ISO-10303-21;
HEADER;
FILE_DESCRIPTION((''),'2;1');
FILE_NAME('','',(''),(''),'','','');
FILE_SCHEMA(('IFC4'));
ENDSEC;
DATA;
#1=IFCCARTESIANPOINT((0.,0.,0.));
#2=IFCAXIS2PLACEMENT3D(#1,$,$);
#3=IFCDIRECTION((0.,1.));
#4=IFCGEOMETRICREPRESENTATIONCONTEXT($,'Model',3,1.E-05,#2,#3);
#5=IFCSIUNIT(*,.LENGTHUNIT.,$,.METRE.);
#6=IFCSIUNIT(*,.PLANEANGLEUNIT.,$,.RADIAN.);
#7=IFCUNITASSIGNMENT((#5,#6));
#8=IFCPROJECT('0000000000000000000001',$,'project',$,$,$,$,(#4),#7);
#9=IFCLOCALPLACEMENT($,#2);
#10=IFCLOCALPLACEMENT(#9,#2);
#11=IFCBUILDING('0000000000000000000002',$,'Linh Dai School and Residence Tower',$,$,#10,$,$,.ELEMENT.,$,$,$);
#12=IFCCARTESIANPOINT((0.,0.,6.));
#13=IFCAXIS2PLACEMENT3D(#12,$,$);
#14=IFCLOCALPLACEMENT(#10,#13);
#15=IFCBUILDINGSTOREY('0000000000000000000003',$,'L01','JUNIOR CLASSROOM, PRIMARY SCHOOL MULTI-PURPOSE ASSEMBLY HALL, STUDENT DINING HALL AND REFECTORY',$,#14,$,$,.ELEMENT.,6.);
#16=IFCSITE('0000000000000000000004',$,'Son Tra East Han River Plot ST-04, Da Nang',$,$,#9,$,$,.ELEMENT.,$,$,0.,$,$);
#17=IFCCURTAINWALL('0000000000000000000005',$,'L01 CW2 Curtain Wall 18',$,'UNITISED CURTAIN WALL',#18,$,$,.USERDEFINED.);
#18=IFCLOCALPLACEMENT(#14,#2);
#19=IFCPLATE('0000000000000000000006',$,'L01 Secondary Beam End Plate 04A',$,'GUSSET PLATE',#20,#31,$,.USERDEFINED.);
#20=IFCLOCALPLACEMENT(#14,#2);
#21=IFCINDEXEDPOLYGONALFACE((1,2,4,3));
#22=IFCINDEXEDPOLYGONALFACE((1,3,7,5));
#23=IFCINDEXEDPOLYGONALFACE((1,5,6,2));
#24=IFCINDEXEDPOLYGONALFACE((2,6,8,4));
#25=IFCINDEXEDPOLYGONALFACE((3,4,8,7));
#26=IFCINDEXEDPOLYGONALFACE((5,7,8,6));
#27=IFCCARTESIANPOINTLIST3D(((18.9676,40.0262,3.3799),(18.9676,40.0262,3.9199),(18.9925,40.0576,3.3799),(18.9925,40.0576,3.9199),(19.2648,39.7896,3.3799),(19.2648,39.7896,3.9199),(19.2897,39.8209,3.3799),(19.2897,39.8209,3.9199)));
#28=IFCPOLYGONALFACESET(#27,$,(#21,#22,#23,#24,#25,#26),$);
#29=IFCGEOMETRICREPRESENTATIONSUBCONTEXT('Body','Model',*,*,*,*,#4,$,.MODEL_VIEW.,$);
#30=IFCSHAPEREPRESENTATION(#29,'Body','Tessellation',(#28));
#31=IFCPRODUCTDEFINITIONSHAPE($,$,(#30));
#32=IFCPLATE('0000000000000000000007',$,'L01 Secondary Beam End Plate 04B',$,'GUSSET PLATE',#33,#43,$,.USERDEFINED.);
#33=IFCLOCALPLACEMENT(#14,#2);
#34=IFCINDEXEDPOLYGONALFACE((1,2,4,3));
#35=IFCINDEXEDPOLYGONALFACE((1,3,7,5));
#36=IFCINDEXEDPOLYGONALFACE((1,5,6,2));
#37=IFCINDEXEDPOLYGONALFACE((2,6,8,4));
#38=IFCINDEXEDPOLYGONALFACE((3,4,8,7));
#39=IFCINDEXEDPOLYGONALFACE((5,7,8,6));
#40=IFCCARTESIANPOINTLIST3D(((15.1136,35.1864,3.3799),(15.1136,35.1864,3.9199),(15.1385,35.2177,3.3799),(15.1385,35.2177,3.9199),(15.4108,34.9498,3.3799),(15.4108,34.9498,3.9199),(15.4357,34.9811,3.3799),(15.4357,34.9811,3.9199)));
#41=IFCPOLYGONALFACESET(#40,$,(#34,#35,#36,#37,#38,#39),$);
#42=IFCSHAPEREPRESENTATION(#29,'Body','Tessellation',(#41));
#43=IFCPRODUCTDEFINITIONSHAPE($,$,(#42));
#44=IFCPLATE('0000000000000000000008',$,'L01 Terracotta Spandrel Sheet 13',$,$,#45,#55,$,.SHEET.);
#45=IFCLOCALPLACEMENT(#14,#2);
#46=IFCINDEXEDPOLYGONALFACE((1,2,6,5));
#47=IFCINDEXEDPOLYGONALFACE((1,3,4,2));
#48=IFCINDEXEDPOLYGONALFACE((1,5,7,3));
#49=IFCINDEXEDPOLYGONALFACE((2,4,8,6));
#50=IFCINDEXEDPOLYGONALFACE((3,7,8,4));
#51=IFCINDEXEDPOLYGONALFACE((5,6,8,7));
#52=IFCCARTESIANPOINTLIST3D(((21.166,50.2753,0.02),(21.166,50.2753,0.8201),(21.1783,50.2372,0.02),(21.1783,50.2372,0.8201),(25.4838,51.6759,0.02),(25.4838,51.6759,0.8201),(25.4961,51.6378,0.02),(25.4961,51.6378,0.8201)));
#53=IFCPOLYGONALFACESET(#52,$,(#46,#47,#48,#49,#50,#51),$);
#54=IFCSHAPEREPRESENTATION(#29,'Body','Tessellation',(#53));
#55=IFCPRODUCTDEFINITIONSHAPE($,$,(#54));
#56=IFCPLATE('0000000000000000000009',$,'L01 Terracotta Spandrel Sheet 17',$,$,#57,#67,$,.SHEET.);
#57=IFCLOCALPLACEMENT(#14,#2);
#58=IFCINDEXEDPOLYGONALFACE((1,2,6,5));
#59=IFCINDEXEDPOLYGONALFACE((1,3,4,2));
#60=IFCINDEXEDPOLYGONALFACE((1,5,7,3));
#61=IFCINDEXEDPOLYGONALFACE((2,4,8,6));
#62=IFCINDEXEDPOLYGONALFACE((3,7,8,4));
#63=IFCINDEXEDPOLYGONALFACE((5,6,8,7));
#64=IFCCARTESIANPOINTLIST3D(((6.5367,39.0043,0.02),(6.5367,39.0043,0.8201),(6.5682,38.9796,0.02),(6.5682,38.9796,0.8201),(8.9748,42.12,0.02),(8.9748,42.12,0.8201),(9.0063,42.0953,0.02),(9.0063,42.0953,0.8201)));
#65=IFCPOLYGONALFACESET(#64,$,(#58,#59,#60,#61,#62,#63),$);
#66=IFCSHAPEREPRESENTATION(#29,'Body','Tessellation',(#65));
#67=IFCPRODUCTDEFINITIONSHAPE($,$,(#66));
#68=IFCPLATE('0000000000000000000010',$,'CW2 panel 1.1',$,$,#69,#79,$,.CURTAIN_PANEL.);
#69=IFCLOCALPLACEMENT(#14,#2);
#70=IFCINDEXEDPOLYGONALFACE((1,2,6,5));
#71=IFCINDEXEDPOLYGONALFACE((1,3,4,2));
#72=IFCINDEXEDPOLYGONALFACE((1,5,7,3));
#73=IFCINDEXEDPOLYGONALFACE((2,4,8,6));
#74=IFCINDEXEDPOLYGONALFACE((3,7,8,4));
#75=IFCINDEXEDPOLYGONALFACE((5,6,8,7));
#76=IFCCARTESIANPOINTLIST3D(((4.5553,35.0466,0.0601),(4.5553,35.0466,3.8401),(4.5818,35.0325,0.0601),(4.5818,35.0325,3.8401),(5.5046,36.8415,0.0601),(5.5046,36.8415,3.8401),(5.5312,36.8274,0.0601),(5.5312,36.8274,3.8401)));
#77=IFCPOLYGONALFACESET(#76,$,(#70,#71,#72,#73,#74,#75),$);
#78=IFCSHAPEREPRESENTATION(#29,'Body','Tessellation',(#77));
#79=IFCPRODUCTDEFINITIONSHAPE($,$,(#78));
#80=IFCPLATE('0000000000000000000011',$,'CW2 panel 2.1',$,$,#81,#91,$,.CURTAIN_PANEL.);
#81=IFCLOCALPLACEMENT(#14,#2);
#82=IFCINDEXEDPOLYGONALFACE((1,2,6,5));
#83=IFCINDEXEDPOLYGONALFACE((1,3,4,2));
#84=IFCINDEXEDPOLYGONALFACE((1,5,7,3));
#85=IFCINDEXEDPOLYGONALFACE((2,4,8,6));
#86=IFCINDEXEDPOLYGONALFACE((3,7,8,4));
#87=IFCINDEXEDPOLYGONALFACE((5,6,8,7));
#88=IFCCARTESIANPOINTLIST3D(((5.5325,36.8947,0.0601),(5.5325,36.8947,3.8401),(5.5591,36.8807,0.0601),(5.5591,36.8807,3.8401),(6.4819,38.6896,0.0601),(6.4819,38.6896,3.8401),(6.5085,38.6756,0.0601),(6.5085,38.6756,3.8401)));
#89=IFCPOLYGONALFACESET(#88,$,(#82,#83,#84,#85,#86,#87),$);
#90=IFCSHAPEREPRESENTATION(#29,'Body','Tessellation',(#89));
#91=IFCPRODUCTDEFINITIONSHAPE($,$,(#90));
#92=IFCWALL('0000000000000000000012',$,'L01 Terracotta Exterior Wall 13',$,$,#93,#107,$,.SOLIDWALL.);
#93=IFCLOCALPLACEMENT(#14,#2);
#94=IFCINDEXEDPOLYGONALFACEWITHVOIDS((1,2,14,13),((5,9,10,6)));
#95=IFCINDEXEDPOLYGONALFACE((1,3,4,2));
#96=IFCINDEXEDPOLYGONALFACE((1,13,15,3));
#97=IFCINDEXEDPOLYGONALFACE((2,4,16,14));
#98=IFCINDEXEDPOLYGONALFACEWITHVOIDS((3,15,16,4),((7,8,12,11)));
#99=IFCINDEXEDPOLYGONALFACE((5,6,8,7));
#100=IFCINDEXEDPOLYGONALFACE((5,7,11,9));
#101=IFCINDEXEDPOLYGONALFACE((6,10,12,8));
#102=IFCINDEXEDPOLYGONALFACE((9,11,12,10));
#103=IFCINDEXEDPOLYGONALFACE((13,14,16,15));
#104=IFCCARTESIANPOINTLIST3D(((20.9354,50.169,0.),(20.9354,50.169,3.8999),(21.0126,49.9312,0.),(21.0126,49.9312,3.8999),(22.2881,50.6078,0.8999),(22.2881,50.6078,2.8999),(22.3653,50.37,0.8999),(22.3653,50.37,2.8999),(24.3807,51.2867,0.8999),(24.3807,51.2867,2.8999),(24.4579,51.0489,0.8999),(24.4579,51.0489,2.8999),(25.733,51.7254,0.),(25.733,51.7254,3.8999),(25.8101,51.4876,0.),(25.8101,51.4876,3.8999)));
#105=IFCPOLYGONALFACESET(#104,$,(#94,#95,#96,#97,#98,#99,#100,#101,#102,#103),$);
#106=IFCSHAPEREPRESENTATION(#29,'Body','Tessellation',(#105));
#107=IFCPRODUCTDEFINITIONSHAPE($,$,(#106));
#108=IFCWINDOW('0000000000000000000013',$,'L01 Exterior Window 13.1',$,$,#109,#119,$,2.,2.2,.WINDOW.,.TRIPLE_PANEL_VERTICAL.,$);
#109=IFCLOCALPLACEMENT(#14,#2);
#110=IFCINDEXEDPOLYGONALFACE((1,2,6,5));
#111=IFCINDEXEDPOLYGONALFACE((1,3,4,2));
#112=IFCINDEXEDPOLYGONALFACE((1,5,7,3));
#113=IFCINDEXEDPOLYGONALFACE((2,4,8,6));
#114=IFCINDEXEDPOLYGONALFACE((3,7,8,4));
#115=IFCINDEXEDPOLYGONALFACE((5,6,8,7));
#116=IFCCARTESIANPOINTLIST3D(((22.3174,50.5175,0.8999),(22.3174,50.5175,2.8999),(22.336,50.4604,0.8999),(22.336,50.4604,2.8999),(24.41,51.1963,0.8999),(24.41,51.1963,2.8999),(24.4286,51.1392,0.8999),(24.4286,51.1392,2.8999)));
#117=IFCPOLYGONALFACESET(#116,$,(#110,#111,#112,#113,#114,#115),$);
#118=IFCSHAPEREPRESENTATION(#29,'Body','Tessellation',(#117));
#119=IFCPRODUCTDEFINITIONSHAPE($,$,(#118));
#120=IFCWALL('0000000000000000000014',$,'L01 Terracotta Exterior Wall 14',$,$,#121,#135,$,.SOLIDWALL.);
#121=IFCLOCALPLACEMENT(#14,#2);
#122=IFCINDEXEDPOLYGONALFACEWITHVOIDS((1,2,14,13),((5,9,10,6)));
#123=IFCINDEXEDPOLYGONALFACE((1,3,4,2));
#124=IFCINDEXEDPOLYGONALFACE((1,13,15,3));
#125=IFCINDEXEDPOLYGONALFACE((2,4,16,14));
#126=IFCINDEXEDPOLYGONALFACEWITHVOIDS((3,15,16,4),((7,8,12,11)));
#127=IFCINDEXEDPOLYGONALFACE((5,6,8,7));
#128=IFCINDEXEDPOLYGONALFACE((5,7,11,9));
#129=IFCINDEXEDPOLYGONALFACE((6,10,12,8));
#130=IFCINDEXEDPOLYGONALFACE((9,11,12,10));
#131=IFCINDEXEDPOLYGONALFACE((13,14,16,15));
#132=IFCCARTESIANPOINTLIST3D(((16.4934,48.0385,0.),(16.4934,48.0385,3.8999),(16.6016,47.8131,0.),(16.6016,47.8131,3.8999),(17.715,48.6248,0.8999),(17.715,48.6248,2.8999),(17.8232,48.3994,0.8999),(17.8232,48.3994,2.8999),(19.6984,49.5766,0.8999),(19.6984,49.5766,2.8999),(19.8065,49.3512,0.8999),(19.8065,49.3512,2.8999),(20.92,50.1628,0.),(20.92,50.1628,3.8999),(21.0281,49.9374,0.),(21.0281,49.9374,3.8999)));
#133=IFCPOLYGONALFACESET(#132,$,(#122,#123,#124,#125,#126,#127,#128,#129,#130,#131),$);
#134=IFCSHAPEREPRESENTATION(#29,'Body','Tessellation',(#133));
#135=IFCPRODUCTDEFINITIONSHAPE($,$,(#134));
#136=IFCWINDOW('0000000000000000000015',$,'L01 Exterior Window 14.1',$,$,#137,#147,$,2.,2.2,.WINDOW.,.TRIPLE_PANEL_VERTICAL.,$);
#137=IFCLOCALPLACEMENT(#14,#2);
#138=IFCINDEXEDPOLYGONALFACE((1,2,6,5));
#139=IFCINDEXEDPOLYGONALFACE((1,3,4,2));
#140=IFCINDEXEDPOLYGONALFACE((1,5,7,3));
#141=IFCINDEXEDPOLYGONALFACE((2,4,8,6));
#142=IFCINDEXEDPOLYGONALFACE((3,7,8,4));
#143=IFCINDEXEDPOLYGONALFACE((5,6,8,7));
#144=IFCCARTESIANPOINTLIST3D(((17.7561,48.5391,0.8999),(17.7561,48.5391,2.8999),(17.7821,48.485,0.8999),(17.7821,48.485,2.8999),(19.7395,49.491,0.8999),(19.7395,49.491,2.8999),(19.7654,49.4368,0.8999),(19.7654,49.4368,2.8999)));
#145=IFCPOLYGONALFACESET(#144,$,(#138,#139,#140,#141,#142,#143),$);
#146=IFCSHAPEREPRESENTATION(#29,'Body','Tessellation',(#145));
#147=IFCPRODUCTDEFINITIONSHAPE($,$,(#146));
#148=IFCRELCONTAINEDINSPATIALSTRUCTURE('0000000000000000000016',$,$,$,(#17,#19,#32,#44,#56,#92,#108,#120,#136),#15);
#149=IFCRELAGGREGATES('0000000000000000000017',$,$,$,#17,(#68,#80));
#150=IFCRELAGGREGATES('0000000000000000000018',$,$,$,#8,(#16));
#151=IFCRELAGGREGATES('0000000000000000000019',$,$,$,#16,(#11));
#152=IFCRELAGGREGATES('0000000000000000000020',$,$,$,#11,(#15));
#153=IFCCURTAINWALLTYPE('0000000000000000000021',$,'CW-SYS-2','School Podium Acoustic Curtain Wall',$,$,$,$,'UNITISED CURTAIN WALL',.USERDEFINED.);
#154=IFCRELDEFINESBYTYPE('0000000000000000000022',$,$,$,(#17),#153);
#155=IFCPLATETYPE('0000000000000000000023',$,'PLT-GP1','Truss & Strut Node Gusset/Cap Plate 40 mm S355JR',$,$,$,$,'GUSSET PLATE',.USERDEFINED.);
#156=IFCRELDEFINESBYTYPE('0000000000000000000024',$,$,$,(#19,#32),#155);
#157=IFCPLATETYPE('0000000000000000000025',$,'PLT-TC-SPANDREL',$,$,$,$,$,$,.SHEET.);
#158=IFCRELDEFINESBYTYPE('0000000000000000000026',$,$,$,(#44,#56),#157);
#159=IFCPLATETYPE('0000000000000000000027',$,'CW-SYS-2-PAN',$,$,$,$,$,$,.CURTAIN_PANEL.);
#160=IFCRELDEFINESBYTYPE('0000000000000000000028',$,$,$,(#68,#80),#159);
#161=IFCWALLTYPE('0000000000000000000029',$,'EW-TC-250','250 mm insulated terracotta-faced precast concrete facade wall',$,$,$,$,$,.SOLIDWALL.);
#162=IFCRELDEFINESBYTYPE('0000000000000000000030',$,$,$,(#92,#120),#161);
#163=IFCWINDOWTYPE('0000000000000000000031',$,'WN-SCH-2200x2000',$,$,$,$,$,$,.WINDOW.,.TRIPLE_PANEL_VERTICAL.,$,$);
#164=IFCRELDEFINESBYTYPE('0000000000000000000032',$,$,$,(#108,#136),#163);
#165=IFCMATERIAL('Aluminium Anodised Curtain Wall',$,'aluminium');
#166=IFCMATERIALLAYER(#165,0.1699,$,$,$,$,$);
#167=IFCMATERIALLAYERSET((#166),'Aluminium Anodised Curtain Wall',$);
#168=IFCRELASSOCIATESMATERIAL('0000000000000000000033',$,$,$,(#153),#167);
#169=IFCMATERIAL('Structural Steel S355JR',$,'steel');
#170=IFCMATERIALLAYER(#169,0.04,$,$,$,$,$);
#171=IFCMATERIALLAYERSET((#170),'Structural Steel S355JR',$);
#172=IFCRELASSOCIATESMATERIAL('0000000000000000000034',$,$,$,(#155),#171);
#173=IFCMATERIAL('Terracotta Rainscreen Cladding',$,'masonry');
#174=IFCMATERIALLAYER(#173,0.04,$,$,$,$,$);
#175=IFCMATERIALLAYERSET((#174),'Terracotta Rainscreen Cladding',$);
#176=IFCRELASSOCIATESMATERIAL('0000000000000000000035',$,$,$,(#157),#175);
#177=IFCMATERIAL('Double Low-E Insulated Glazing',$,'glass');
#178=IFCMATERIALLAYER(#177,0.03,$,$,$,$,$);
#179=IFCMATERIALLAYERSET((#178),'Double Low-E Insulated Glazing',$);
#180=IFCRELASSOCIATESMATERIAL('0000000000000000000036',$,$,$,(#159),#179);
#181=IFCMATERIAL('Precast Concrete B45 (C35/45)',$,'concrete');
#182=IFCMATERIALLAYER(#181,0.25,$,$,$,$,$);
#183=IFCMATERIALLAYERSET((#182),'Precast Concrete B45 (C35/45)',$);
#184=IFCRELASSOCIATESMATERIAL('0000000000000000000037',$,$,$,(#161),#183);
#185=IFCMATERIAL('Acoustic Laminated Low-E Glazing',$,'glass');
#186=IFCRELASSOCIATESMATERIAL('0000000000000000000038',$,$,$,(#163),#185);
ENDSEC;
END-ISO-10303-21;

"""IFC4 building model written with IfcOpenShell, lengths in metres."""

from ifc_helpers import new_model, si_unit, direction, frame, frame_2d, origin, origin_2d, place, context, subcontext, project, spatial, rectangle, extrude, source, transform, mapped, material, layer, layer_set, type_object, element, fill, aggregate, save


model = new_model("IFC4")

# Units and contexts
model_context = context("Model", 3, precision=1e-05, world=origin(), true_north=direction((0.0, 1.0)))
body_context = subcontext(model_context, "Body", "Model", "MODEL_VIEW")
ifc_project = project(units=[si_unit("LENGTHUNIT", "METRE"), si_unit("PLANEANGLEUNIT", "RADIAN")], contexts=[model_context])

# Site, building, storey
site_placement = place(None, origin())
site = spatial("IfcSite", under=ifc_project, at=site_placement, Name="Son Tra East Han River Plot ST-04, Da Nang", CompositionType="ELEMENT", RefElevation=0.0)
building_placement = place(site_placement, origin())
building = spatial("IfcBuilding", under=site, at=building_placement, Name="Linh Dai School and Residence Tower", CompositionType="ELEMENT")
storey_placement = place(building_placement, frame((0.0, 0.0, 6.0)))
storey = spatial("IfcBuildingStorey", under=building, at=storey_placement, Name="L01", Description="JUNIOR CLASSROOM, PRIMARY SCHOOL MULTI-PURPOSE ASSEMBLY HALL, STUDENT DINING HALL AND REFECTORY", CompositionType="ELEMENT", Elevation=6.0)

# Shared definitions
ifc_material_1 = material(Name="Structural Steel S355JR", Category="steel")

# Curtain wall
ifc_material_2 = material(Name="Aluminium Anodised Curtain Wall", Category="aluminium")
ifc_layer_1 = layer(ifc_material_2, 0.1699)
ifc_layer_set_1 = layer_set([ifc_layer_1], Name="Aluminium Anodised Curtain Wall")
curtain_wall_type = type_object("IfcCurtainWallType", Name="CW-SYS-2", Description="School Podium Acoustic Curtain Wall", ElementType="UNITISED CURTAIN WALL", PredefinedType="USERDEFINED", material=ifc_layer_set_1)
curtain_wall_placement = place(storey_placement, origin())
curtain_wall = element("IfcCurtainWall", 1, at=curtain_wall_placement, inside=storey, type_object=curtain_wall_type, Name="L01 CW2 Curtain Wall 18", ObjectType="UNITISED CURTAIN WALL", PredefinedType="USERDEFINED")

# Plates
ifc_layer_2 = layer(ifc_material_1, 0.04)
ifc_layer_set_2 = layer_set([ifc_layer_2], Name="Structural Steel S355JR")
plate_type_1 = type_object("IfcPlateType", Name="PLT-GP1", Description="Truss & Strut Node Gusset/Cap Plate 40 mm S355JR", ElementType="GUSSET PLATE", PredefinedType="USERDEFINED", material=ifc_layer_set_2)
shared_shape_1 = source(origin(), body_context, "Body", "SweptSolid", [
    extrude(rectangle(XDim=0.04, YDim=0.3799, at=origin_2d()), origin(), (0.0, 0.0, 1.0), 0.54),
])
for number, where, z_axis, x_axis, name in (
    (2, (19.1287, 39.9236, 3.3799), (0.0, 0.0, 1.0), (-0.622933, -0.782276, 0.0), "L01 Secondary Beam End Plate 04A"),
    (3, (15.2747, 35.0837, 3.3799), (0.0, 0.0, 1.0), (-0.622933, -0.782276, 0.0), "L01 Secondary Beam End Plate 04B"),
):
    element("IfcPlate", number, at=place(storey_placement, frame(where, z_axis=z_axis, x_axis=x_axis)), inside=storey, type_object=plate_type_1, Name=name, ObjectType="GUSSET PLATE", PredefinedType="USERDEFINED", context=body_context, shape_type="MappedRepresentation", body=[
        mapped(shared_shape_1, transform((0.0, 0.0, 0.0), x_axis=(1.0, 0.0, 0.0), y_axis=(0.0, 1.0, 0.0), z_axis=(0.0, 0.0, 1.0), scale=1.0)),
    ])
ifc_material_3 = material(Name="Terracotta Rainscreen Cladding", Category="masonry")
ifc_layer_3 = layer(ifc_material_3, 0.04)
ifc_layer_set_3 = layer_set([ifc_layer_3], Name="Terracotta Rainscreen Cladding")
plate_type_2 = type_object("IfcPlateType", Name="PLT-TC-SPANDREL", PredefinedType="SHEET", material=ifc_layer_set_3)
shared_shape_2 = source(origin(), body_context, "Body", "SweptSolid", [
    extrude(rectangle(XDim=4.5393, YDim=0.04, at=origin_2d()), origin(), (0.0, 0.0, 1.0), 0.8),
])
plate_1_placement = place(storey_placement, frame((23.3311, 50.9565, 0.02), z_axis=(0.0, 0.0, 1.0), x_axis=(0.951207, 0.308554, 0.0)))
element("IfcPlate", 4, at=plate_1_placement, inside=storey, type_object=plate_type_2, Name="L01 Terracotta Spandrel Sheet 13", PredefinedType="SHEET", context=body_context, shape_type="MappedRepresentation", body=[
    mapped(shared_shape_2, transform((0.0, 0.0, 0.0), x_axis=(1.0, 0.0, 0.0), y_axis=(0.0, 1.0, 0.0), z_axis=(0.0, 0.0, 1.0), scale=1.0)),
])
shared_shape_3 = source(origin(), body_context, "Body", "SweptSolid", [
    extrude(rectangle(XDim=3.9563, YDim=0.04, at=origin_2d()), origin(), (0.0, 0.0, 1.0), 0.8),
])
plate_2_placement = place(storey_placement, frame((7.7715, 40.5498, 0.02), z_axis=(0.0, 0.0, 1.0), x_axis=(0.61626, 0.787543, 0.0)))
element("IfcPlate", 5, at=plate_2_placement, inside=storey, type_object=plate_type_2, Name="L01 Terracotta Spandrel Sheet 17", PredefinedType="SHEET", context=body_context, shape_type="MappedRepresentation", body=[
    mapped(shared_shape_3, transform((0.0, 0.0, 0.0), x_axis=(1.0, 0.0, 0.0), y_axis=(0.0, 1.0, 0.0), z_axis=(0.0, 0.0, 1.0), scale=1.0)),
])

# Plates
ifc_material_4 = material(Name="Double Low-E Insulated Glazing", Category="glass")
ifc_layer_4 = layer(ifc_material_4, 0.03)
ifc_layer_set_4 = layer_set([ifc_layer_4], Name="Double Low-E Insulated Glazing")
plate_type_3 = type_object("IfcPlateType", Name="CW-SYS-2-PAN", PredefinedType="CURTAIN_PANEL", material=ifc_layer_set_4)
shared_shape_4 = source(origin(), body_context, "Body", "SweptSolid", [
    extrude(rectangle(XDim=2.0305, YDim=0.03, at=origin_2d()), origin(), (0.0, 0.0, 1.0), 3.78),
])
plate_3_placement = place(storey_placement, frame((5.0432, 35.937, 0.0601), z_axis=(0.0, 0.0, 1.0), x_axis=(0.467555, 0.883964, 0.0)))
plate_3 = element("IfcPlate", 6, at=plate_3_placement, type_object=plate_type_3, Name="CW2 panel 1.1", PredefinedType="CURTAIN_PANEL", context=body_context, shape_type="MappedRepresentation", body=[
    mapped(shared_shape_4, transform((0.0, 0.0, 0.0), x_axis=(1.0, 0.0, 0.0), y_axis=(0.0, 1.0, 0.0), z_axis=(0.0, 0.0, 1.0), scale=1.0)),
])
plate_4_placement = place(storey_placement, frame((6.0205, 37.7852, 0.0601), z_axis=(0.0, 0.0, 1.0), x_axis=(0.467555, 0.883964, 0.0)))
plate_4 = element("IfcPlate", 7, at=plate_4_placement, type_object=plate_type_3, Name="CW2 panel 2.1", PredefinedType="CURTAIN_PANEL", context=body_context, shape_type="MappedRepresentation", body=[
    mapped(shared_shape_4, transform((0.0, 0.0, 0.0), x_axis=(1.0, 0.0, 0.0), y_axis=(0.0, 1.0, 0.0), z_axis=(0.0, 0.0, 1.0), scale=1.0)),
])
aggregate(curtain_wall, [plate_3, plate_4])

# Walls, openings, windows
ifc_material_5 = material(Name="Precast Concrete B45 (C35/45)", Category="concrete")
ifc_layer_5 = layer(ifc_material_5, 0.25)
ifc_layer_set_5 = layer_set([ifc_layer_5], Name="Precast Concrete B45 (C35/45)")
wall_type_1 = type_object("IfcWallType", Name="EW-TC-250", Description="250 mm insulated terracotta-faced precast concrete facade wall", PredefinedType="SOLIDWALL", material=ifc_layer_set_5)
wall_1_placement = place(storey_placement, frame((20.9739, 50.05, 0.0), z_axis=(0.0, 0.0, 1.0), x_axis=(0.951199, 0.308579, 0.0)))
wall_1 = element("IfcWall", 8, at=wall_1_placement, inside=storey, type_object=wall_type_1, Name="L01 Terracotta Exterior Wall 13", PredefinedType="SOLIDWALL", context=body_context, shape_type="SweptSolid", body=[
    extrude(rectangle(XDim=5.0437, YDim=0.25, at=frame_2d((2.522, 0.0))), origin(), (0.0, 0.0, 1.0), 3.8999),
])
opening_1_placement = place(wall_1_placement, frame((1.4221, 0.0, 0.8999)))
opening_1 = element("IfcOpeningElement", 9, at=opening_1_placement, cuts=wall_1, PredefinedType="OPENING", context=body_context, shape_type="SweptSolid", body=[
    extrude(rectangle(XDim=2.2, YDim=2.0, at=origin_2d()), frame((1.1001, 0.135, 1.0), z_axis=(0.0, -1.0, 0.0), x_axis=(1.0, 0.0, 0.0)), (0.0, 0.0, 1.0), 0.27),
])
ifc_material_6 = material(Name="Acoustic Laminated Low-E Glazing", Category="glass")
window_type_1 = type_object("IfcWindowType", Name="WN-SCH-2200x2000", PartitioningType="TRIPLE_PANEL_VERTICAL", PredefinedType="WINDOW", material=ifc_material_6)
shared_shape_5 = source(origin(), body_context, "Body", "SweptSolid", [
    extrude(rectangle(XDim=2.2, YDim=2.0, at=origin_2d()), frame((1.1001, 0.03, 1.0), z_axis=(0.0, -1.0, 0.0), x_axis=(1.0, 0.0, 0.0)), (0.0, 0.0, 1.0), 0.0601),
])
window_1_placement = place(opening_1_placement, origin())
window_1 = element("IfcWindow", 10, at=window_1_placement, inside=storey, type_object=window_type_1, Name="L01 Exterior Window 13.1", OverallHeight=2.0, OverallWidth=2.2, PartitioningType="TRIPLE_PANEL_VERTICAL", PredefinedType="WINDOW", context=body_context, shape_type="MappedRepresentation", body=[
    mapped(shared_shape_5, transform((0.0, 0.0, 0.0), x_axis=(1.0, 0.0, 0.0), y_axis=(0.0, 1.0, 0.0), z_axis=(0.0, 0.0, 1.0), scale=1.0)),
])
fill(opening_1, window_1)
wall_2_placement = place(storey_placement, frame((16.5474, 47.9258, 0.0), z_axis=(0.0, 0.0, 1.0), x_axis=(0.90156, 0.432655, 0.0)))
wall_2 = element("IfcWall", 11, at=wall_2_placement, inside=storey, type_object=wall_type_1, Name="L01 Terracotta Exterior Wall 14", PredefinedType="SOLIDWALL", context=body_context, shape_type="SweptSolid", body=[
    extrude(rectangle(XDim=4.9099, YDim=0.25, at=frame_2d((2.4551, 0.0))), origin(), (0.0, 0.0, 1.0), 3.8999),
])
opening_2_placement = place(wall_2_placement, frame((1.355, 0.0, 0.8999)))
opening_2 = element("IfcOpeningElement", 12, at=opening_2_placement, cuts=wall_2, PredefinedType="OPENING", context=body_context, shape_type="SweptSolid", body=[
    extrude(rectangle(XDim=2.2, YDim=2.0, at=origin_2d()), frame((1.1001, 0.135, 1.0), z_axis=(0.0, -1.0, 0.0), x_axis=(1.0, 0.0, 0.0)), (0.0, 0.0, 1.0), 0.27),
])
window_2_placement = place(opening_2_placement, origin())
window_2 = element("IfcWindow", 13, at=window_2_placement, inside=storey, type_object=window_type_1, Name="L01 Exterior Window 14.1", OverallHeight=2.0, OverallWidth=2.2, PartitioningType="TRIPLE_PANEL_VERTICAL", PredefinedType="WINDOW", context=body_context, shape_type="MappedRepresentation", body=[
    mapped(shared_shape_5, transform((0.0, 0.0, 0.0), x_axis=(1.0, 0.0, 0.0), y_axis=(0.0, 1.0, 0.0), z_axis=(0.0, 0.0, 1.0), scale=1.0)),
])
fill(opening_2, window_2)

save(model, "model.ifc")
